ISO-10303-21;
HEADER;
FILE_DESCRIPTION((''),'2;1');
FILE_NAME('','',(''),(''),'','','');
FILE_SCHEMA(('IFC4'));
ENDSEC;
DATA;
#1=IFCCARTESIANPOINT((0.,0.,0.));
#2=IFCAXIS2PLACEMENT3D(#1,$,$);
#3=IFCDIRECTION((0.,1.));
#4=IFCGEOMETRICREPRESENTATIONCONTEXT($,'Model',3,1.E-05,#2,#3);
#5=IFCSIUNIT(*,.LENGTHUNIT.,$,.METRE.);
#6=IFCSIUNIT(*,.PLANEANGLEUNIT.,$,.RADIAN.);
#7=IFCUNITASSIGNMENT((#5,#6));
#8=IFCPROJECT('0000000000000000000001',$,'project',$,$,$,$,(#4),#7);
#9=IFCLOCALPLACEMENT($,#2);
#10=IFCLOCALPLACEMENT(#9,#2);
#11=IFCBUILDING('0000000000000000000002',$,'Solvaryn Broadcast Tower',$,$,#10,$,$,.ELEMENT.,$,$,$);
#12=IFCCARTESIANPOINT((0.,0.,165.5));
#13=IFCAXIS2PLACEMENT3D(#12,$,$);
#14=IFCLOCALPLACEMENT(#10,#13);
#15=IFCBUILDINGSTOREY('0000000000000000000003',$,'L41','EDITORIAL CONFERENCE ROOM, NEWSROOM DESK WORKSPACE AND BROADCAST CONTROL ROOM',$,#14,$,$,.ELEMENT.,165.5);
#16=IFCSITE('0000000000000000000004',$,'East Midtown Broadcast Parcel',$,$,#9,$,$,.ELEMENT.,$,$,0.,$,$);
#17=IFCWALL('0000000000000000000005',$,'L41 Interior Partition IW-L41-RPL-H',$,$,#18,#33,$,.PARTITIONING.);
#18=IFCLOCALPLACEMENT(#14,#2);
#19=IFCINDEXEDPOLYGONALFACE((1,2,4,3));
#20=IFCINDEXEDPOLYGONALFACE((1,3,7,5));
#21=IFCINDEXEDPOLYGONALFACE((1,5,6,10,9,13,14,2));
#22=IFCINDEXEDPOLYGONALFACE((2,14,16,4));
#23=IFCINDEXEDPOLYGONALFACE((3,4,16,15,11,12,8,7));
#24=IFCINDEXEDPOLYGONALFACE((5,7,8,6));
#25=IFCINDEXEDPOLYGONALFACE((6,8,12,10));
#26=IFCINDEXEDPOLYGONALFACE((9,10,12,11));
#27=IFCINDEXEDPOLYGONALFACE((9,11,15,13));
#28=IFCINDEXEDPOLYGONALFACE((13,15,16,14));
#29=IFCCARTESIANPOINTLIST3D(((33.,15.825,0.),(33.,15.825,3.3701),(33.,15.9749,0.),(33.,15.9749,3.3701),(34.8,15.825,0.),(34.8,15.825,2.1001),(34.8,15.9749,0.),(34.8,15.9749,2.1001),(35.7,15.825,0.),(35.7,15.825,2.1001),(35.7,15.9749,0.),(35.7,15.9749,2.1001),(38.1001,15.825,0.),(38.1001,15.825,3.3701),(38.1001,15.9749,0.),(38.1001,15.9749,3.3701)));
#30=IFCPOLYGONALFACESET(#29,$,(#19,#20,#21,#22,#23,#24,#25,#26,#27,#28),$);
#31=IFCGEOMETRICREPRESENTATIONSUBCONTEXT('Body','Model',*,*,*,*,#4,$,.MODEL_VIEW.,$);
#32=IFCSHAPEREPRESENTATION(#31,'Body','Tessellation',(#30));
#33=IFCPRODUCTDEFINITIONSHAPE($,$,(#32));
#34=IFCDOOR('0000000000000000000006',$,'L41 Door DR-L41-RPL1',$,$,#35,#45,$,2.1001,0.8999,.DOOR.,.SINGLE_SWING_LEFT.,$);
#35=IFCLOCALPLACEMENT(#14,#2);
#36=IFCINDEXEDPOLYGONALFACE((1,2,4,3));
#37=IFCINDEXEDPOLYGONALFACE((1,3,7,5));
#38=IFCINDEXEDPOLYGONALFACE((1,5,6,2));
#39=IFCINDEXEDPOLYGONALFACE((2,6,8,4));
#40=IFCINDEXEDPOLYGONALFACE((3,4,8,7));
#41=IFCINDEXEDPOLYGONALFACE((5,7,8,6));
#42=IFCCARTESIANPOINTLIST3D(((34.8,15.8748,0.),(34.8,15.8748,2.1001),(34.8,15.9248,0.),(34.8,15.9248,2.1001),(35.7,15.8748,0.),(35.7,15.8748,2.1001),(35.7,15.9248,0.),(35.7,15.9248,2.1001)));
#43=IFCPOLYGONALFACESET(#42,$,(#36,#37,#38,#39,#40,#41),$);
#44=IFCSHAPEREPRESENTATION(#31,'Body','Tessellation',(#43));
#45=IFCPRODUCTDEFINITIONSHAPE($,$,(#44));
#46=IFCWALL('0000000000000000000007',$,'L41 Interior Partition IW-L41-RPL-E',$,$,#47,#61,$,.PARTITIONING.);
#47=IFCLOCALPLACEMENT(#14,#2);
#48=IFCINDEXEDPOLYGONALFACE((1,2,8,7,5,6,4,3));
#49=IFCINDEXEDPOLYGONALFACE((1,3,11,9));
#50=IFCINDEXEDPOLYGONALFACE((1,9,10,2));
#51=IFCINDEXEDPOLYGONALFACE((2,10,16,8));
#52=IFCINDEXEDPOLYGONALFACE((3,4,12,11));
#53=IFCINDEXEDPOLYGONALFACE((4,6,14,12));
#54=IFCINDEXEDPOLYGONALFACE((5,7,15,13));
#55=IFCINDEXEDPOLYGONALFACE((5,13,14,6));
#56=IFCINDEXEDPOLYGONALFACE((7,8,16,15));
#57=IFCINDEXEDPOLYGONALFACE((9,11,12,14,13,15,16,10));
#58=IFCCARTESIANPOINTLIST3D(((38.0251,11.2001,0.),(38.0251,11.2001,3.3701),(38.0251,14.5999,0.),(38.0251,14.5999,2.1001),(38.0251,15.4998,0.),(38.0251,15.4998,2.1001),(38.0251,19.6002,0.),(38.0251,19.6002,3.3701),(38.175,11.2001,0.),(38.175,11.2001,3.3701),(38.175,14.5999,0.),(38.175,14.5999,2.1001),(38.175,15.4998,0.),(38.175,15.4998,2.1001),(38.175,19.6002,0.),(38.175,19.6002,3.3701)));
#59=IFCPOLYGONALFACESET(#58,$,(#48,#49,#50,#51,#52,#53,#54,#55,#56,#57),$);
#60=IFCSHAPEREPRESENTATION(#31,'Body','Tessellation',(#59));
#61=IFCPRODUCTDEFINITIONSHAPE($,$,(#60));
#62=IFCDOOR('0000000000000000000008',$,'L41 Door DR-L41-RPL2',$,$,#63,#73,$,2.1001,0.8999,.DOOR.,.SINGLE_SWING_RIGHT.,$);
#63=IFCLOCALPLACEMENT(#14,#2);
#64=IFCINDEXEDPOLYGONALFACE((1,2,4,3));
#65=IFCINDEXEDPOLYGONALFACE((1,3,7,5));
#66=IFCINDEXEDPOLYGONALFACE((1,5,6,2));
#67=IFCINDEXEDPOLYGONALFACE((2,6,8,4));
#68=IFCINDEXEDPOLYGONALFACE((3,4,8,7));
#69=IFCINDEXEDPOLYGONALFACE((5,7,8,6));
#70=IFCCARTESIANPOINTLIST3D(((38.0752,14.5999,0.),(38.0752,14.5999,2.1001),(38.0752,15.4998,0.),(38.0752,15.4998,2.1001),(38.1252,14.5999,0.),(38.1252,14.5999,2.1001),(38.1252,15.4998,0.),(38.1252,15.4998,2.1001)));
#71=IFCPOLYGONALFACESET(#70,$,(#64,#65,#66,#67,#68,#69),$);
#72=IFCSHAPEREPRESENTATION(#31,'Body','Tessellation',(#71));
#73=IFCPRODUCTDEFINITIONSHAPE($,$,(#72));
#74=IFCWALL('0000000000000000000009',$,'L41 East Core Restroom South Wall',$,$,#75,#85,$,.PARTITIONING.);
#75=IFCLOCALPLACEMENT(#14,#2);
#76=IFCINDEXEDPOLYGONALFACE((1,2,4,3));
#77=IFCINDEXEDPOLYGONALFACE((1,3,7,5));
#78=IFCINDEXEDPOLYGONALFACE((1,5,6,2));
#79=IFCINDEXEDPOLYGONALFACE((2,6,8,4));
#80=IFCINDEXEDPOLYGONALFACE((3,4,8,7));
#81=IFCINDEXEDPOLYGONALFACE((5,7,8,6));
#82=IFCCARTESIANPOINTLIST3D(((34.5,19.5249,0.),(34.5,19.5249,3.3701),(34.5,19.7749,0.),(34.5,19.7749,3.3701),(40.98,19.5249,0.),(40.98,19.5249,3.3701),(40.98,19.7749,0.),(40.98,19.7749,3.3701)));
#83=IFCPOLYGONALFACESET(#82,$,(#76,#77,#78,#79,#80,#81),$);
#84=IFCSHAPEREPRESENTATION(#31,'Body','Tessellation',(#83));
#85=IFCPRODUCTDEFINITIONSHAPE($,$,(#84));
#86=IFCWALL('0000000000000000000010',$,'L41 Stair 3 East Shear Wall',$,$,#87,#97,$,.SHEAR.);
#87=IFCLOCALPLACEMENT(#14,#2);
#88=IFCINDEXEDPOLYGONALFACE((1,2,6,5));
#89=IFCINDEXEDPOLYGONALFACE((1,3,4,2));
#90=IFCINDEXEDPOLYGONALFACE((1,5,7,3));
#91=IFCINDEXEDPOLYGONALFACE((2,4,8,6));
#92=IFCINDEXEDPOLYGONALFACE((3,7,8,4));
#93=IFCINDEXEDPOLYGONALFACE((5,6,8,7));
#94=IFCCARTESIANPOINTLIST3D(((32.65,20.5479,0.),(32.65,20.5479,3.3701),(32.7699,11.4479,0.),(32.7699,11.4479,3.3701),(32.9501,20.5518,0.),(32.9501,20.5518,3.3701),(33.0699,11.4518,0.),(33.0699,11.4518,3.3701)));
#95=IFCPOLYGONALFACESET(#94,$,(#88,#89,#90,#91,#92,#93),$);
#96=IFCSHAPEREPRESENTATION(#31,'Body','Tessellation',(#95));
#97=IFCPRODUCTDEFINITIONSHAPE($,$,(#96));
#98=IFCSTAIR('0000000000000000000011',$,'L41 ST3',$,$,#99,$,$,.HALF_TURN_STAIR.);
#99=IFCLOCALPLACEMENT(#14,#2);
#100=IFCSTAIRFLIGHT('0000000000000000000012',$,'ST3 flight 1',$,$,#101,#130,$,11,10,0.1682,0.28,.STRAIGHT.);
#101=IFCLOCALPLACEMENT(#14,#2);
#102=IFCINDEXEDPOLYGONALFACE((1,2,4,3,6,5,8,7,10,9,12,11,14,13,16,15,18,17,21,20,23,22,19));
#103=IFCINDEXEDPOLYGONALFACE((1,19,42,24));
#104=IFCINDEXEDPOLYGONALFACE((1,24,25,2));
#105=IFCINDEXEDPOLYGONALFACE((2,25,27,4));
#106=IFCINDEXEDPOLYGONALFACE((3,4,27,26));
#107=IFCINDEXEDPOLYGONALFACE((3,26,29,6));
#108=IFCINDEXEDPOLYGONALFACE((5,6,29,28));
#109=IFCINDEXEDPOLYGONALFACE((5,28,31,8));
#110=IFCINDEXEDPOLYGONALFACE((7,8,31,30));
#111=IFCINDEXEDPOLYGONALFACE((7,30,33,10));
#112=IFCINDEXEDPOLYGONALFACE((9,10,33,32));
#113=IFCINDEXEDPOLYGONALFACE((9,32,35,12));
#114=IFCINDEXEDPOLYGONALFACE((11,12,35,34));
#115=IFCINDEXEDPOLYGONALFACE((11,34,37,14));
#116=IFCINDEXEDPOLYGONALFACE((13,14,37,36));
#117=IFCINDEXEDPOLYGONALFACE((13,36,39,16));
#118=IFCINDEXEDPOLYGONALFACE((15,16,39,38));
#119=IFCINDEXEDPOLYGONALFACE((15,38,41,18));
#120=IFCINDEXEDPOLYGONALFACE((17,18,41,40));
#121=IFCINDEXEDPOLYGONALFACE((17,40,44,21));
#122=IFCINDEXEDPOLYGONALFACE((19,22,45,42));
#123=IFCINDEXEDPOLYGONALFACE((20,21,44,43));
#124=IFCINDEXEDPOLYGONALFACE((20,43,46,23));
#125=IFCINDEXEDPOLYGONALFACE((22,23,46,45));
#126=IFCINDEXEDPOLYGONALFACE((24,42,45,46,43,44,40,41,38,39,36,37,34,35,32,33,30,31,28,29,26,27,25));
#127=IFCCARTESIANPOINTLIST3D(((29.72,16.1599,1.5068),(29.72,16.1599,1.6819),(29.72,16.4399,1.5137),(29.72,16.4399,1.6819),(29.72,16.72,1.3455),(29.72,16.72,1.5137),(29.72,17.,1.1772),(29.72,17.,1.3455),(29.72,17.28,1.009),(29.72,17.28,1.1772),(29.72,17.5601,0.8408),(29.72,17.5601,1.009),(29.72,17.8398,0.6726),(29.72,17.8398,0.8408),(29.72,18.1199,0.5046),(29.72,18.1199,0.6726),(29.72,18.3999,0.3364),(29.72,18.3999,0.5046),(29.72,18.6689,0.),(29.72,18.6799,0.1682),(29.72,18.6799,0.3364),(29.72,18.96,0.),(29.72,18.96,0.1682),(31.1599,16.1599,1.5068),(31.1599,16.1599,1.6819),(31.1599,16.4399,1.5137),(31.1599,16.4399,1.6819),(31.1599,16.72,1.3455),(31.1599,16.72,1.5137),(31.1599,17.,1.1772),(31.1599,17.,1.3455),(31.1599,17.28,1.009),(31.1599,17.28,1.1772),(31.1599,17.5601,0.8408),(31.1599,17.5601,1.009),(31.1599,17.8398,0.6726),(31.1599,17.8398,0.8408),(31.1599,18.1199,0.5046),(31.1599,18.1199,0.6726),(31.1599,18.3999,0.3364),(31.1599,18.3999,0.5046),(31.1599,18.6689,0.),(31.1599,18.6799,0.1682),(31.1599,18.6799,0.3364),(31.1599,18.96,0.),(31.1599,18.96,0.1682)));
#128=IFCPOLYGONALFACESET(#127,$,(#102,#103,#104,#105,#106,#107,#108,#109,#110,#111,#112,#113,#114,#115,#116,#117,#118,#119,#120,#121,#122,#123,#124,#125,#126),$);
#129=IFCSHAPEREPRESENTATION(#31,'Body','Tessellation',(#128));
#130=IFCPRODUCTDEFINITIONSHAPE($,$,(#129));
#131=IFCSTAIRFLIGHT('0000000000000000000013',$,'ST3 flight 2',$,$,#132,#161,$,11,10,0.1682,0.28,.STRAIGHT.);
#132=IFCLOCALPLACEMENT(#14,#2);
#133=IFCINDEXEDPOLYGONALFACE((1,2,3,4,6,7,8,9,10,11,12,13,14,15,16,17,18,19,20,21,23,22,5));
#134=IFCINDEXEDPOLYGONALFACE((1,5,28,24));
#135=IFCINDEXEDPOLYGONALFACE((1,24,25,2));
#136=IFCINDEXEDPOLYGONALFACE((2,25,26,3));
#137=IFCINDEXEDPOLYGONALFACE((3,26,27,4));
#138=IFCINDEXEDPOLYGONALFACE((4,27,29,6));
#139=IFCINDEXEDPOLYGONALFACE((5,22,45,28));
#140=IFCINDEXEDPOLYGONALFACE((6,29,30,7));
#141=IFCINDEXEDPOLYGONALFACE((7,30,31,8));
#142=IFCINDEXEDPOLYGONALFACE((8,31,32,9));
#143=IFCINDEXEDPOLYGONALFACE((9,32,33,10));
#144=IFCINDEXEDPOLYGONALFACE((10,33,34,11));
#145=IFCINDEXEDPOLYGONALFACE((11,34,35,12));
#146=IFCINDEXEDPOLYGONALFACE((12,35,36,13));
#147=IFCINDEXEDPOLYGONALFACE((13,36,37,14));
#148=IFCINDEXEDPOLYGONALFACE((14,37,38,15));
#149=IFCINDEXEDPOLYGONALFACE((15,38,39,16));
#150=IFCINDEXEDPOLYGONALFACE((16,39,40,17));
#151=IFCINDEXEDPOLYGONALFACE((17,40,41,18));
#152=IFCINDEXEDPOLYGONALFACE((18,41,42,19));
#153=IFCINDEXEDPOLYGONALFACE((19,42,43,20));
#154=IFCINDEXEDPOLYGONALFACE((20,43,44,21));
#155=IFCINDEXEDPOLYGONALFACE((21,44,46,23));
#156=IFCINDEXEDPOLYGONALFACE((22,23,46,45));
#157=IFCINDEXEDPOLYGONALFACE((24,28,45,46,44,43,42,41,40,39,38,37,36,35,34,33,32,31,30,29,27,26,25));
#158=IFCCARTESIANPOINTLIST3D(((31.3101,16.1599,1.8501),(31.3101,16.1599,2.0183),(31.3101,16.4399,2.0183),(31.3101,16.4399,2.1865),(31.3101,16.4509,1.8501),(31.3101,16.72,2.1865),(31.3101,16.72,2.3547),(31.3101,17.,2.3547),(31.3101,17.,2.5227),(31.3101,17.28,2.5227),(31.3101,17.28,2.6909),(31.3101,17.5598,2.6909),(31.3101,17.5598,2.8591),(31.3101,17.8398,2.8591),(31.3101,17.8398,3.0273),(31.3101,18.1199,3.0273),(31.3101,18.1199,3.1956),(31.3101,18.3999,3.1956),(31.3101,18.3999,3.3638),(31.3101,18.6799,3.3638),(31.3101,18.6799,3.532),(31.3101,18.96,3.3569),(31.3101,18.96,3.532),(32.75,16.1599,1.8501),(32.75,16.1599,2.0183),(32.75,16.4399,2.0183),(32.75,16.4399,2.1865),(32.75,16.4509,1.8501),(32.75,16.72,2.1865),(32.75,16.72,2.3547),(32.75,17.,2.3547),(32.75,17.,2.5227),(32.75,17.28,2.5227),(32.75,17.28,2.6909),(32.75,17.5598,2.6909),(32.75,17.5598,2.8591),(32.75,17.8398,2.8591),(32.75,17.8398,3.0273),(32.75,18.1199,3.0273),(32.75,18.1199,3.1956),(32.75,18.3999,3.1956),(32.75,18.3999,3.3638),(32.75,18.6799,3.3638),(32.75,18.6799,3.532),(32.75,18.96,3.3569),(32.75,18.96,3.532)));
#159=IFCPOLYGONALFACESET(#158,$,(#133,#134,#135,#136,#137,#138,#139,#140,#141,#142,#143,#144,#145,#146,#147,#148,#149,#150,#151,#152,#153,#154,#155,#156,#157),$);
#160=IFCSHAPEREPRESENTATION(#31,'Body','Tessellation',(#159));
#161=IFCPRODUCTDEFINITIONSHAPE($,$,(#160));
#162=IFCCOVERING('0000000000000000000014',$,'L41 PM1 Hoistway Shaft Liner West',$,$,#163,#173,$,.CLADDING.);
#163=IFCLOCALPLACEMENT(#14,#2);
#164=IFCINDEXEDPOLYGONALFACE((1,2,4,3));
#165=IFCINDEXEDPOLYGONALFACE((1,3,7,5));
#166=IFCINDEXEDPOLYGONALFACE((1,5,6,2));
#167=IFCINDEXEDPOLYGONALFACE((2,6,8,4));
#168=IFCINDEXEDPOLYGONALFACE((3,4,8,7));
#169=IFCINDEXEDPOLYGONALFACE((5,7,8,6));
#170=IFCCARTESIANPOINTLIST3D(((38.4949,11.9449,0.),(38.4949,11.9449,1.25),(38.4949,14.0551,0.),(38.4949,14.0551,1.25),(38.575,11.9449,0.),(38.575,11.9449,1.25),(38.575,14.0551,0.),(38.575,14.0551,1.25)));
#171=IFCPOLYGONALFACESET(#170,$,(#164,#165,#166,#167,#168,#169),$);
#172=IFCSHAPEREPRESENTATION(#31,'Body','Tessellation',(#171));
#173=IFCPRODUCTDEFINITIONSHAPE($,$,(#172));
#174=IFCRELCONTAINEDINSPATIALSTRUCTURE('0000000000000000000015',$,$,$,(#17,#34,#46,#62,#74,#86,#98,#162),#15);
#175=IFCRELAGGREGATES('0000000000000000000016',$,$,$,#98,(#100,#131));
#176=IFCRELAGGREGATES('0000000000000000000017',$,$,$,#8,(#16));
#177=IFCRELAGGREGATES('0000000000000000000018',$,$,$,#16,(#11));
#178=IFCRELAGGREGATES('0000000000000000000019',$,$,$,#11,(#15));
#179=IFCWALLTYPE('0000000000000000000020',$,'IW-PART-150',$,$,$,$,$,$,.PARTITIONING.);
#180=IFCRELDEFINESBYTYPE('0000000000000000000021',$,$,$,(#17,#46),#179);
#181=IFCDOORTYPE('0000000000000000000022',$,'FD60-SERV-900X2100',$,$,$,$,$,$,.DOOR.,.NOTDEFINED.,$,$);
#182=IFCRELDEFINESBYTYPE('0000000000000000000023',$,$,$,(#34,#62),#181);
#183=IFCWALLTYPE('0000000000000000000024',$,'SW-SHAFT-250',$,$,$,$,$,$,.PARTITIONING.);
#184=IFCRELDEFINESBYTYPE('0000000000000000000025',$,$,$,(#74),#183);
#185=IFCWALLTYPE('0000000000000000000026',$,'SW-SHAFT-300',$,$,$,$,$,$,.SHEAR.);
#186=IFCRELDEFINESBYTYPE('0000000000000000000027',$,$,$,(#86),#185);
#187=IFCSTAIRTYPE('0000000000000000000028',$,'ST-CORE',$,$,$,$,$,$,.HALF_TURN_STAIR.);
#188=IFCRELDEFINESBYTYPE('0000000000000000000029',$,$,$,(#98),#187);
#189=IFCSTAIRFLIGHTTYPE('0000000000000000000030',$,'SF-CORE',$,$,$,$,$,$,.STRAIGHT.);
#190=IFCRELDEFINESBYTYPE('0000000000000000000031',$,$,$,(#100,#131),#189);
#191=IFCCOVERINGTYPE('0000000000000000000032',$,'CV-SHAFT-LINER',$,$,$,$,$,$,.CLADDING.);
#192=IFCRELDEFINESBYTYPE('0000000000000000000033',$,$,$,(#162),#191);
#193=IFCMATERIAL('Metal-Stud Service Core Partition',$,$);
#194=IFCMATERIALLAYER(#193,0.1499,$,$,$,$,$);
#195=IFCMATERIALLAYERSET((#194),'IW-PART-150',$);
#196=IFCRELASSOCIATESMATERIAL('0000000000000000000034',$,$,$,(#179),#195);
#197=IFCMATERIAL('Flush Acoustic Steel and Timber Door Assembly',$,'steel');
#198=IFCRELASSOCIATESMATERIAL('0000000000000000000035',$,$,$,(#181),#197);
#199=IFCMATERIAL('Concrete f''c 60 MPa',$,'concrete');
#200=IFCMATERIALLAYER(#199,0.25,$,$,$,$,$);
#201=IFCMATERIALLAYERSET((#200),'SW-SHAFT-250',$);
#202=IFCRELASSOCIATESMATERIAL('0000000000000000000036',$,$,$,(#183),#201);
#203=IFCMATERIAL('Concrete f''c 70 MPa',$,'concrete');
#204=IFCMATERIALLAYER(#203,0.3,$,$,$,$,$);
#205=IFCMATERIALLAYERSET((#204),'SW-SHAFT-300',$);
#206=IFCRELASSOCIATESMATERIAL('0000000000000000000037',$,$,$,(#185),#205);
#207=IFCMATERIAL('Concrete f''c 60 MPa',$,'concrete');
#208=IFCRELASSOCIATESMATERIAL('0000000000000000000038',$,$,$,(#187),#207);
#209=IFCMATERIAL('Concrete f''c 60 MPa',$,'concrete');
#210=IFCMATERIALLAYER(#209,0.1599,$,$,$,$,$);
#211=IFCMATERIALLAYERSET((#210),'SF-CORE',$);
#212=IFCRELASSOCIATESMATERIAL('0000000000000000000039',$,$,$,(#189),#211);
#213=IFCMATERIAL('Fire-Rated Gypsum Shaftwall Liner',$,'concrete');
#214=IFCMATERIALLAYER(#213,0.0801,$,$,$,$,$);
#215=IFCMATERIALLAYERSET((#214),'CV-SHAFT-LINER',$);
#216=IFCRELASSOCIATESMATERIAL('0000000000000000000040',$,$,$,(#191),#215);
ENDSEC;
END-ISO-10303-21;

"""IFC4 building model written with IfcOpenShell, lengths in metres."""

from ifc_helpers import new_model, si_unit, direction, frame, frame_2d, origin, origin_2d, place, context, subcontext, project, spatial, polyline, rectangle, outline, extrude, material, layer, layer_set, type_object, element, fill, aggregate, save


model = new_model("IFC4")

# Units and contexts
model_context = context("Model", 3, precision=1e-05, world=origin(), true_north=direction((0.0, 1.0)))
body_context = subcontext(model_context, "Body", "Model", "MODEL_VIEW")
ifc_project = project(units=[si_unit("LENGTHUNIT", "METRE"), si_unit("PLANEANGLEUNIT", "RADIAN")], contexts=[model_context])

# Site, building, storey
site_placement = place(None, origin())
site = spatial("IfcSite", under=ifc_project, at=site_placement, Name="East Midtown Broadcast Parcel", CompositionType="ELEMENT", RefElevation=0.0)
building_placement = place(site_placement, origin())
building = spatial("IfcBuilding", under=site, at=building_placement, Name="Solvaryn Broadcast Tower", CompositionType="ELEMENT")
storey_placement = place(building_placement, frame((0.0, 0.0, 165.5)))
storey = spatial("IfcBuildingStorey", under=building, at=storey_placement, Name="L41", Description="EDITORIAL CONFERENCE ROOM, NEWSROOM DESK WORKSPACE AND BROADCAST CONTROL ROOM", CompositionType="ELEMENT", Elevation=165.5)

# Walls, openings, doors
ifc_material_1 = material(Name="Metal-Stud Service Core Partition")
ifc_layer_1 = layer(ifc_material_1, 0.1499)
ifc_layer_set_1 = layer_set([ifc_layer_1], Name="IW-PART-150")
wall_type_1 = type_object("IfcWallType", Name="IW-PART-150", PredefinedType="PARTITIONING", material=ifc_layer_set_1)
wall_1_placement = place(storey_placement, frame((33.0, 15.8999, 0.0), z_axis=(0.0, 0.0, 1.0), x_axis=(1.0, 0.0, 0.0)))
wall_1 = element("IfcWall", 1, at=wall_1_placement, inside=storey, type_object=wall_type_1, Name="L41 Interior Partition IW-L41-RPL-H", PredefinedType="PARTITIONING", context=body_context, shape_type="SweptSolid", body=[
    extrude(rectangle(XDim=5.1001, YDim=0.1499, at=frame_2d((2.55, 0.0))), origin(), (0.0, 0.0, 1.0), 3.3701),
])
opening_1_placement = place(wall_1_placement, frame((1.8, 0.0, 0.0)))
opening_1 = element("IfcOpeningElement", 2, at=opening_1_placement, cuts=wall_1, PredefinedType="OPENING", context=body_context, shape_type="SweptSolid", body=[
    extrude(rectangle(XDim=0.8999, YDim=2.1001, at=frame_2d((0.45, 1.05))), frame((0.0, 0.085, 0.0), z_axis=(0.0, -1.0, 0.0), x_axis=(1.0, 0.0, 0.0)), (0.0, 0.0, 1.0), 0.1699),
])
ifc_material_2 = material(Name="Flush Acoustic Steel and Timber Door Assembly", Category="steel")
door_type_1 = type_object("IfcDoorType", Name="FD60-SERV-900X2100", OperationType="NOTDEFINED", PredefinedType="DOOR", material=ifc_material_2)
door_1_placement = place(opening_1_placement, origin())
door_1 = element("IfcDoor", 3, at=door_1_placement, inside=storey, type_object=door_type_1, Name="L41 Door DR-L41-RPL1", OperationType="SINGLE_SWING_LEFT", OverallHeight=2.1001, OverallWidth=0.8999, PredefinedType="DOOR", context=body_context, shape_type="SweptSolid", body=[
    extrude(rectangle(XDim=0.8999, YDim=2.1001, at=frame_2d((0.45, 1.05))), frame((0.0, 0.0249, 0.0), z_axis=(0.0, -1.0, 0.0), x_axis=(1.0, 0.0, 0.0)), (0.0, 0.0, 1.0), 0.05),
])
fill(opening_1, door_1)
wall_2_placement = place(storey_placement, frame((38.1001, 11.2, 0.0), z_axis=(0.0, 0.0, 1.0), x_axis=(0.0, 1.0, 0.0)))
wall_2 = element("IfcWall", 4, at=wall_2_placement, inside=storey, type_object=wall_type_1, Name="L41 Interior Partition IW-L41-RPL-E", PredefinedType="PARTITIONING", context=body_context, shape_type="SweptSolid", body=[
    extrude(rectangle(XDim=8.4001, YDim=0.1499, at=frame_2d((4.2002, 0.0))), origin(), (0.0, 0.0, 1.0), 3.3701),
])
opening_2_placement = place(wall_2_placement, frame((3.3999, 0.0, 0.0)))
opening_2 = element("IfcOpeningElement", 5, at=opening_2_placement, cuts=wall_2, PredefinedType="OPENING", context=body_context, shape_type="SweptSolid", body=[
    extrude(rectangle(XDim=0.8999, YDim=2.1001, at=frame_2d((0.45, 1.05))), frame((0.0, 0.085, 0.0), z_axis=(0.0, -1.0, 0.0), x_axis=(1.0, 0.0, 0.0)), (0.0, 0.0, 1.0), 0.1699),
])
door_2_placement = place(opening_2_placement, origin())
door_2 = element("IfcDoor", 6, at=door_2_placement, inside=storey, type_object=door_type_1, Name="L41 Door DR-L41-RPL2", OperationType="SINGLE_SWING_RIGHT", OverallHeight=2.1001, OverallWidth=0.8999, PredefinedType="DOOR", context=body_context, shape_type="SweptSolid", body=[
    extrude(rectangle(XDim=0.8999, YDim=2.1001, at=frame_2d((0.45, 1.05))), frame((0.0, 0.0249, 0.0), z_axis=(0.0, -1.0, 0.0), x_axis=(1.0, 0.0, 0.0)), (0.0, 0.0, 1.0), 0.05),
])
fill(opening_2, door_2)

# Wall
ifc_material_3 = material(Name="Concrete f'c 60 MPa", Category="concrete")
ifc_layer_2 = layer(ifc_material_3, 0.25)
ifc_layer_set_2 = layer_set([ifc_layer_2], Name="SW-SHAFT-250")
wall_type_2 = type_object("IfcWallType", Name="SW-SHAFT-250", PredefinedType="PARTITIONING", material=ifc_layer_set_2)
wall_3_placement = place(storey_placement, frame((34.5, 19.6499, 0.0), z_axis=(0.0, 0.0, 1.0), x_axis=(1.0, 0.0, 0.0)))
element("IfcWall", 7, at=wall_3_placement, inside=storey, type_object=wall_type_2, Name="L41 East Core Restroom South Wall", PredefinedType="PARTITIONING", context=body_context, shape_type="SweptSolid", body=[
    extrude(rectangle(XDim=6.48, YDim=0.25, at=frame_2d((3.24, 0.0))), origin(), (0.0, 0.0, 1.0), 3.3701),
])

# Wall
ifc_material_4 = material(Name="Concrete f'c 70 MPa", Category="concrete")
ifc_layer_3 = layer(ifc_material_4, 0.3)
ifc_layer_set_3 = layer_set([ifc_layer_3], Name="SW-SHAFT-300")
wall_type_3 = type_object("IfcWallType", Name="SW-SHAFT-300", PredefinedType="SHEAR", material=ifc_layer_set_3)
wall_4_placement = place(storey_placement, frame((32.9199, 11.45, 0.0), z_axis=(0.0, 0.0, 1.0), x_axis=(-0.013172, 0.999913, 0.0)))
element("IfcWall", 8, at=wall_4_placement, inside=storey, type_object=wall_type_3, Name="L41 Stair 3 East Shear Wall", PredefinedType="SHEAR", context=body_context, shape_type="SweptSolid", body=[
    extrude(rectangle(XDim=9.1008, YDim=0.3, at=frame_2d((4.5503, 0.0))), origin(), (0.0, 0.0, 1.0), 3.3701),
])

# Stair, stair flights
ifc_material_5 = material(Name="Concrete f'c 60 MPa", Category="concrete")
stair_type = type_object("IfcStairType", Name="ST-CORE", PredefinedType="HALF_TURN_STAIR", material=ifc_material_5)
stair_placement = place(storey_placement, origin())
stair = element("IfcStair", 9, at=stair_placement, inside=storey, type_object=stair_type, Name="L41 ST3", PredefinedType="HALF_TURN_STAIR")
ifc_material_6 = material(Name="Concrete f'c 60 MPa", Category="concrete")
ifc_layer_4 = layer(ifc_material_6, 0.1599)
ifc_layer_set_4 = layer_set([ifc_layer_4], Name="SF-CORE")
stair_flight_type = type_object("IfcStairFlightType", Name="SF-CORE", PredefinedType="STRAIGHT", material=ifc_layer_set_4)
stair_flight_1_placement = place(storey_placement, frame((30.4399, 18.96, 0.0), z_axis=(0.0, 0.0, 1.0), x_axis=(0.0, -1.0, 0.0)))
stair_flight_1 = element("IfcStairFlight", 10, at=stair_flight_1_placement, type_object=stair_flight_type, Name="ST3 flight 1", NumberOfRisers=11, NumberOfTreads=10, PredefinedType="STRAIGHT", RiserHeight=0.1682, TreadLength=0.28, context=body_context, shape_type="SweptSolid", body=[
    extrude(outline(polyline([(0.0, 0.0), (0.0, 0.1682), (0.28, 0.1682), (0.28, 0.3364), (0.5601, 0.3364), (0.5601, 0.5046), (0.8401, 0.5046), (0.8401, 0.6726), (1.1201, 0.6726), (1.1201, 0.8408), (1.3999, 0.8408), (1.3999, 1.009), (1.6799, 1.009), (1.6799, 1.1772), (1.96, 1.1772), (1.96, 1.3455), (2.24, 1.3455), (2.24, 1.5137), (2.52, 1.5137), (2.52, 1.6819), (2.8, 1.6819), (2.8, 1.8501), (2.8, 1.5068), (0.291, 0.0), (0.0, 0.0)])), frame((0.0, 0.72, 0.0), z_axis=(0.0, -1.0, 0.0), x_axis=(1.0, 0.0, 0.0)), (0.0, 0.0, 1.0), 1.4399),
])
stair_flight_2_placement = place(storey_placement, frame((32.03, 16.1599, 1.8501), z_axis=(0.0, 0.0, 1.0), x_axis=(0.0, 1.0, 0.0)))
stair_flight_2 = element("IfcStairFlight", 11, at=stair_flight_2_placement, type_object=stair_flight_type, Name="ST3 flight 2", NumberOfRisers=11, NumberOfTreads=10, PredefinedType="STRAIGHT", RiserHeight=0.1682, TreadLength=0.28, context=body_context, shape_type="SweptSolid", body=[
    extrude(outline(polyline([(0.0, 0.0), (0.0, 0.1682), (0.28, 0.1682), (0.28, 0.3364), (0.5601, 0.3364), (0.5601, 0.5046), (0.8401, 0.5046), (0.8401, 0.6726), (1.1201, 0.6726), (1.1201, 0.8408), (1.3999, 0.8408), (1.3999, 1.009), (1.6799, 1.009), (1.6799, 1.1772), (1.96, 1.1772), (1.96, 1.3455), (2.24, 1.3455), (2.24, 1.5137), (2.52, 1.5137), (2.52, 1.6819), (2.8, 1.6819), (2.8, 1.8501), (2.8, 1.5068), (0.291, 0.0), (0.0, 0.0)])), frame((0.0, 0.72, 0.0), z_axis=(0.0, -1.0, 0.0), x_axis=(1.0, 0.0, 0.0)), (0.0, 0.0, 1.0), 1.4399),
])
aggregate(stair, [stair_flight_1, stair_flight_2])

# Covering
ifc_material_7 = material(Name="Fire-Rated Gypsum Shaftwall Liner", Category="concrete")
ifc_layer_5 = layer(ifc_material_7, 0.0801)
ifc_layer_set_5 = layer_set([ifc_layer_5], Name="CV-SHAFT-LINER")
covering_type = type_object("IfcCoveringType", Name="CV-SHAFT-LINER", PredefinedType="CLADDING", material=ifc_layer_set_5)
for number, where, z_axis, x_axis, name in (
    (12, (38.5349, 13.0, 0.0), (0.0, 0.0, 1.0), (1.0, 0.0, 0.0), "L41 PM1 Hoistway Shaft Liner West"),
):
    element("IfcCovering", number, at=place(storey_placement, frame(where, z_axis=z_axis, x_axis=x_axis)), inside=storey, type_object=covering_type, Name=name, PredefinedType="CLADDING", context=body_context, shape_type="SweptSolid", body=[
        extrude(rectangle(XDim=0.0801, YDim=2.1101, at=origin_2d()), origin(), (0.0, 0.0, 1.0), 1.25),
    ])

save(model, "model.ifc")
